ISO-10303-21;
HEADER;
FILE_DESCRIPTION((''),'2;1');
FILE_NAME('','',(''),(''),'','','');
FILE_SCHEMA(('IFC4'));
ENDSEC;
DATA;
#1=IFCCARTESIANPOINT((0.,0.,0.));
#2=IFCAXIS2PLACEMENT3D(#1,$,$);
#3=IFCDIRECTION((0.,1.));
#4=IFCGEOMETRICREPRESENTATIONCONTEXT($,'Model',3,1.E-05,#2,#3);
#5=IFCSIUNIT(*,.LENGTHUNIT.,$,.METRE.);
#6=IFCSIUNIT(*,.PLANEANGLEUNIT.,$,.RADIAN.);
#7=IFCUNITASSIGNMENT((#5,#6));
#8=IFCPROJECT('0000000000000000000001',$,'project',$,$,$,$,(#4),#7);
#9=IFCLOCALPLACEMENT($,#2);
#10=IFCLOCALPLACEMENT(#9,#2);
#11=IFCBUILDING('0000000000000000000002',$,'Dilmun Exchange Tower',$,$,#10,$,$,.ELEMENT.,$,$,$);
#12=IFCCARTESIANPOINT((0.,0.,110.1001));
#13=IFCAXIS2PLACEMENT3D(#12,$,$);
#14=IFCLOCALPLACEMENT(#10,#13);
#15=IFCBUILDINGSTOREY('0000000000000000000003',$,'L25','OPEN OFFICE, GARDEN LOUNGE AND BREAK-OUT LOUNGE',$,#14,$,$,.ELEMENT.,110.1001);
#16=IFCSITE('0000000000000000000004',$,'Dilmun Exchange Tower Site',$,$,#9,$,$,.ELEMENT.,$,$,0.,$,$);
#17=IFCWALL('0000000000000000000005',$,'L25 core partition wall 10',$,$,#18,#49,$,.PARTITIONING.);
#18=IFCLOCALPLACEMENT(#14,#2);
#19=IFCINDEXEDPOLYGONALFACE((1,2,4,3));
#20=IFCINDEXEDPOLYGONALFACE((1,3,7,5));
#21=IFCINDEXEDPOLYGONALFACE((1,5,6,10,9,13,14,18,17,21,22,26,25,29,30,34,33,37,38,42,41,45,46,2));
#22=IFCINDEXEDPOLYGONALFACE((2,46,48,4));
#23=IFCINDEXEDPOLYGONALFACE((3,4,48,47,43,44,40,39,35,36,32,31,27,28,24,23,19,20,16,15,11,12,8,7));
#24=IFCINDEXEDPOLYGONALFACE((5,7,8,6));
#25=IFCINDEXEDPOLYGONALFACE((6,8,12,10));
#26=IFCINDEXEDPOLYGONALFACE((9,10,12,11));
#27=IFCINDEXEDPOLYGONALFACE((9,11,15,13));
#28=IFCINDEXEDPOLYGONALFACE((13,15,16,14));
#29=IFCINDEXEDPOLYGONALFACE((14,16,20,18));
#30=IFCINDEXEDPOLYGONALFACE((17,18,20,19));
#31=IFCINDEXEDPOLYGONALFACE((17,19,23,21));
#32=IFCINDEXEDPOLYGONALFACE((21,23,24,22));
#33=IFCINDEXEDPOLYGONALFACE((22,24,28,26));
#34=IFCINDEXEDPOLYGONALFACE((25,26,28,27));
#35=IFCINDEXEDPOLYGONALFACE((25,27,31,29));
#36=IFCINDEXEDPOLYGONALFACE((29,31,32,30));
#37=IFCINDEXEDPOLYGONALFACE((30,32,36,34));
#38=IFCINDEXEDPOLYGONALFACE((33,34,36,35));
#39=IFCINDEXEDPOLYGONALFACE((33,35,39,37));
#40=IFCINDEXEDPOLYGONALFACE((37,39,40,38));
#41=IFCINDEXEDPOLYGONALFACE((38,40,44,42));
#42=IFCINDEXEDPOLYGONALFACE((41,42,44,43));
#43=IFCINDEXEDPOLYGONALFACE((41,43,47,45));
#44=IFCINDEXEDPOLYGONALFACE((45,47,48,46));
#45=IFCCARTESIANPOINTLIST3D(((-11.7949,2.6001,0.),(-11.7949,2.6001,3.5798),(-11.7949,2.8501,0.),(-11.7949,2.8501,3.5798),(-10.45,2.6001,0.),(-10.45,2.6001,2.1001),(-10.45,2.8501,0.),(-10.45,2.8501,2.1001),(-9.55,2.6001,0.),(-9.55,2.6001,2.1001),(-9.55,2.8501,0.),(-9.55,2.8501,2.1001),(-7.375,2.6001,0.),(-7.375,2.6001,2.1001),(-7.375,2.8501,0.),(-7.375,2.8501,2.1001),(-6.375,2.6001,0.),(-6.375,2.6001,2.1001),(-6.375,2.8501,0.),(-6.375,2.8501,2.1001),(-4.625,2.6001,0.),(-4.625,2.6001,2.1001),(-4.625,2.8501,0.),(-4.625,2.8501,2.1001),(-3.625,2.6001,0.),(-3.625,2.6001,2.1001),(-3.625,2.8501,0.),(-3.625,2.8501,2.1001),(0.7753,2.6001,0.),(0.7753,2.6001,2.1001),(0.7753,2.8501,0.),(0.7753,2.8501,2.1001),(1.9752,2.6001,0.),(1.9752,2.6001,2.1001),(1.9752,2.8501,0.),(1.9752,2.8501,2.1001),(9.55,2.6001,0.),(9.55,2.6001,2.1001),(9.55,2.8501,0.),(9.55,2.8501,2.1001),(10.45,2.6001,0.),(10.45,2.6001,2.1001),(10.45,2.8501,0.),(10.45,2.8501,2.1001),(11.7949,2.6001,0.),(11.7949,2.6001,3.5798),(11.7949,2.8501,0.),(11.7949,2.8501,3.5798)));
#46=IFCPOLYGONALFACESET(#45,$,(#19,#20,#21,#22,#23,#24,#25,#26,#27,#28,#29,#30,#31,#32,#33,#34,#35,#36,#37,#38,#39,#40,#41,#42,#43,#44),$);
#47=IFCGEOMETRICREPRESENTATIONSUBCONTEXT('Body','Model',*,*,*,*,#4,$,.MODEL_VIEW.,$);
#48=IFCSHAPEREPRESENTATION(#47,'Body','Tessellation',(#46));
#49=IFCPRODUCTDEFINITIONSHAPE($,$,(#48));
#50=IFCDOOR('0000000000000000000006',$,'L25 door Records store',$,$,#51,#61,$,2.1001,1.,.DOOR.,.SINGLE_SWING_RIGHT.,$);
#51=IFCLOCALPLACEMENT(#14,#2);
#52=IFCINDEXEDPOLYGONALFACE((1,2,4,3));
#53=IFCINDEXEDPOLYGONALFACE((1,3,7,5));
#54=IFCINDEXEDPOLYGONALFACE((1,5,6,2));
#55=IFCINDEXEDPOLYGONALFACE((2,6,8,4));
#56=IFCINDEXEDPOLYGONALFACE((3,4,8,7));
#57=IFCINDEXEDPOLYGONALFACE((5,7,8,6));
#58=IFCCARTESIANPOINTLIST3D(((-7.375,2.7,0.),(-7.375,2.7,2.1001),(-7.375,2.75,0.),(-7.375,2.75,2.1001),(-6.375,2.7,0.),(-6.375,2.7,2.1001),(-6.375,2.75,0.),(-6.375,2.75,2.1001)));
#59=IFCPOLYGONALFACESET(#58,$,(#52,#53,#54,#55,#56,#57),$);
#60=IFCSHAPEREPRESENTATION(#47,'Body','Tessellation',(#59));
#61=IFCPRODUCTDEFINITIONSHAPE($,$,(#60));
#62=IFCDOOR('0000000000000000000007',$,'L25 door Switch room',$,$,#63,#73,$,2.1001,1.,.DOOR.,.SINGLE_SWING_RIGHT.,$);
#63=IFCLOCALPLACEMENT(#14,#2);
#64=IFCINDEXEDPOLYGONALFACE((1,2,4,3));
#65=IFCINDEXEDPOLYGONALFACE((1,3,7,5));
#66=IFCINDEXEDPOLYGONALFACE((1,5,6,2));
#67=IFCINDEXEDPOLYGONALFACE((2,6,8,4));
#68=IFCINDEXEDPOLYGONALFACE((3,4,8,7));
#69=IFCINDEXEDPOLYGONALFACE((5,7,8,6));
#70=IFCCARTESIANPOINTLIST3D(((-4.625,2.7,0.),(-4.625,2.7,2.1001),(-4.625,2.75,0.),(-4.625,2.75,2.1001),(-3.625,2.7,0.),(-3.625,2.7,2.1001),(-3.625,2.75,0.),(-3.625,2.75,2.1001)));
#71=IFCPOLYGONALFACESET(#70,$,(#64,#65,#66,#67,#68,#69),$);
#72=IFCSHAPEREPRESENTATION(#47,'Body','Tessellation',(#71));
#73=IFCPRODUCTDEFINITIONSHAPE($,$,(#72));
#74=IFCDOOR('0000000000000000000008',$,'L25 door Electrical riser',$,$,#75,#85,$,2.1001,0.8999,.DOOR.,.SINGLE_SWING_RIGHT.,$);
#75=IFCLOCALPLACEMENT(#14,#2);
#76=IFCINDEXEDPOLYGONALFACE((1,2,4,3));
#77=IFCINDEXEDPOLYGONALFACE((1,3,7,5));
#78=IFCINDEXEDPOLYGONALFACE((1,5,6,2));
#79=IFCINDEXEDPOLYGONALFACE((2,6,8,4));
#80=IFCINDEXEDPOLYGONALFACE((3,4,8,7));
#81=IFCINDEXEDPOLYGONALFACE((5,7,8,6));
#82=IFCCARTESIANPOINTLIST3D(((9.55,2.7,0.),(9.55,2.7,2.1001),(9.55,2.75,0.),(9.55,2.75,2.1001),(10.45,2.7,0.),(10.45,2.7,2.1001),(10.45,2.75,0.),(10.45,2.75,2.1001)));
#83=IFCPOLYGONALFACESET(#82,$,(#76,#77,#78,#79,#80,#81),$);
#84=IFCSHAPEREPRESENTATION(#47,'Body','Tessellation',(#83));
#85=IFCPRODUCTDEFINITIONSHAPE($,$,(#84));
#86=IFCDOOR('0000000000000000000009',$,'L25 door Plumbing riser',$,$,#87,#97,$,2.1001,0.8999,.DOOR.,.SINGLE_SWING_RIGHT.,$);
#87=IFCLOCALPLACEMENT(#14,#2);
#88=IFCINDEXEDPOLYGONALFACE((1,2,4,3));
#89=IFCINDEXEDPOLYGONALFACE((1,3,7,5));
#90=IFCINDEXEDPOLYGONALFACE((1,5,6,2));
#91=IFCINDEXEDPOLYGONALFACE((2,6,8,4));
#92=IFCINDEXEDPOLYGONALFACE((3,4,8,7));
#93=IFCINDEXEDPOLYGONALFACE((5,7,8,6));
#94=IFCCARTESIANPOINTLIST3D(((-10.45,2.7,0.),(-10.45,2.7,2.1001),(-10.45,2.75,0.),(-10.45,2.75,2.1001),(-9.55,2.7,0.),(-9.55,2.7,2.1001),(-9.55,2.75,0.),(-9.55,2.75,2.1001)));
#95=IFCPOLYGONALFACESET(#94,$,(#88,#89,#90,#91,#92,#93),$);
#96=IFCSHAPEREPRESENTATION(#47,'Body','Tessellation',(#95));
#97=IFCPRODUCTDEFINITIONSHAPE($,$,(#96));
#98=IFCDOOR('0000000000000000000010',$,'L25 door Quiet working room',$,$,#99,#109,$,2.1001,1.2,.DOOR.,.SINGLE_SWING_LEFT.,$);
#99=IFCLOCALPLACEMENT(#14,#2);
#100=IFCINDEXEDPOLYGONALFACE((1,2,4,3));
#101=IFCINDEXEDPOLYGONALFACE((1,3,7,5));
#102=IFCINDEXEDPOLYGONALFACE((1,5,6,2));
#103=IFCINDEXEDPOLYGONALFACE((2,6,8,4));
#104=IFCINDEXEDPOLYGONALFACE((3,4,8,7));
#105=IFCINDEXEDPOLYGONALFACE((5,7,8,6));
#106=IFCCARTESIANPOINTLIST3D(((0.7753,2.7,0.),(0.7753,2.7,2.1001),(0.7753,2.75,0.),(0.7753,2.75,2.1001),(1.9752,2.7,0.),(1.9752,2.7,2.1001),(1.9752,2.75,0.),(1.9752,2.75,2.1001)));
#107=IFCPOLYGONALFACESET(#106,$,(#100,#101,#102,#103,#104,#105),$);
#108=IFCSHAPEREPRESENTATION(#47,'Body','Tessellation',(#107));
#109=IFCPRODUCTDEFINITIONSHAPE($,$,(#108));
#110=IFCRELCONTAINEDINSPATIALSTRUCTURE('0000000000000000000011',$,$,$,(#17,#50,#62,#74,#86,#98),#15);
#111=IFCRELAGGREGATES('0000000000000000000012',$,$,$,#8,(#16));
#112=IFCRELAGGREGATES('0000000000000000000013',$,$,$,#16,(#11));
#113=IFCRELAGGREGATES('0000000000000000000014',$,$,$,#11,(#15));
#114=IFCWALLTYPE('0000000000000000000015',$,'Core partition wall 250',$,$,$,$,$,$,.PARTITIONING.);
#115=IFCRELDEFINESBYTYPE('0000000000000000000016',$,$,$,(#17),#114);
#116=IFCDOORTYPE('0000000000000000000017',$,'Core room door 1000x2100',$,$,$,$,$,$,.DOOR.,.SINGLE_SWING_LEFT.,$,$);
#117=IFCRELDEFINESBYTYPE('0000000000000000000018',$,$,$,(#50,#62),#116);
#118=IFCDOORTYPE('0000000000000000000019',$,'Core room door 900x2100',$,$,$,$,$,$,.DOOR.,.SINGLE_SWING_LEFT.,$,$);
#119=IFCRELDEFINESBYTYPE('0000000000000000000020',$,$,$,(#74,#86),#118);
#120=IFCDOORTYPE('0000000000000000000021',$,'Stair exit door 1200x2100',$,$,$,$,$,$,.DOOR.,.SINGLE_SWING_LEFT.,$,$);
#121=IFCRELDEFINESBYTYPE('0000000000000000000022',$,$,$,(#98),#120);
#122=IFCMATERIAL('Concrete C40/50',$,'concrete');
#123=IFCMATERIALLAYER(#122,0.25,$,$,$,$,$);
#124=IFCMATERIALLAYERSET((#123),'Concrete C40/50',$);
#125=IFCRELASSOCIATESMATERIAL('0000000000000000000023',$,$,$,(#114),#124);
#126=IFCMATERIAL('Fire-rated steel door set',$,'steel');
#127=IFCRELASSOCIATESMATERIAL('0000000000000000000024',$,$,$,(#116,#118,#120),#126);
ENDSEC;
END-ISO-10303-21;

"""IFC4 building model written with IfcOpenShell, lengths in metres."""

from ifc_helpers import new_model, si_unit, direction, frame, frame_2d, origin, place, context, subcontext, project, spatial, rectangle, extrude, material, layer, layer_set, type_object, element, fill, save


model = new_model("IFC4")

# Units and contexts
model_context = context("Model", 3, precision=1e-05, world=origin(), true_north=direction((0.0, 1.0)))
body_context = subcontext(model_context, "Body", "Model", "MODEL_VIEW")
ifc_project = project(units=[si_unit("LENGTHUNIT", "METRE"), si_unit("PLANEANGLEUNIT", "RADIAN")], contexts=[model_context])

# Site, building, storey
site_placement = place(None, origin())
site = spatial("IfcSite", under=ifc_project, at=site_placement, Name="Dilmun Exchange Tower Site", CompositionType="ELEMENT", RefElevation=0.0)
building_placement = place(site_placement, origin())
building = spatial("IfcBuilding", under=site, at=building_placement, Name="Dilmun Exchange Tower", CompositionType="ELEMENT")
storey_placement = place(building_placement, frame((0.0, 0.0, 110.1001)))
storey = spatial("IfcBuildingStorey", under=building, at=storey_placement, Name="L25", Description="OPEN OFFICE, GARDEN LOUNGE AND BREAK-OUT LOUNGE", CompositionType="ELEMENT", Elevation=110.1001)

# Shared definitions
ifc_material_1 = material(Name="Concrete C40/50", Category="concrete")

# Wall, openings, doors
ifc_layer_1 = layer(ifc_material_1, 0.25)
ifc_layer_set_1 = layer_set([ifc_layer_1], Name="Concrete C40/50")
wall_type_1 = type_object("IfcWallType", Name="Core partition wall 250", PredefinedType="PARTITIONING", material=ifc_layer_set_1)
wall_1_placement = place(storey_placement, frame((-11.7949, 2.7251, 0.0), z_axis=(0.0, 0.0, 1.0), x_axis=(1.0, 0.0, 0.0)))
wall_1 = element("IfcWall", 1, at=wall_1_placement, inside=storey, type_object=wall_type_1, Name="L25 core partition wall 10", PredefinedType="PARTITIONING", context=body_context, shape_type="SweptSolid", body=[
    extrude(rectangle(XDim=23.5898, YDim=0.25, at=frame_2d((11.7949, 0.0))), origin(), (0.0, 0.0, 1.0), 3.5798),
])
opening_1_placement = place(wall_1_placement, frame((21.345, 0.0, 0.0)))
opening_1 = element("IfcOpeningElement", 2, at=opening_1_placement, cuts=wall_1, PredefinedType="OPENING", context=body_context, shape_type="SweptSolid", body=[
    extrude(rectangle(XDim=0.8999, YDim=2.1001, at=frame_2d((0.45, 1.05))), frame((0.0, 0.135, 0.0), z_axis=(0.0, -1.0, 0.0), x_axis=(1.0, 0.0, 0.0)), (0.0, 0.0, 1.0), 0.27),
])
opening_2_placement = place(wall_1_placement, frame((1.345, 0.0, 0.0)))
opening_2 = element("IfcOpeningElement", 3, at=opening_2_placement, cuts=wall_1, PredefinedType="OPENING", context=body_context, shape_type="SweptSolid", body=[
    extrude(rectangle(XDim=0.8999, YDim=2.1001, at=frame_2d((0.45, 1.05))), frame((0.0, 0.135, 0.0), z_axis=(0.0, -1.0, 0.0), x_axis=(1.0, 0.0, 0.0)), (0.0, 0.0, 1.0), 0.27),
])
opening_3_placement = place(wall_1_placement, frame((4.4199, 0.0, 0.0)))
opening_3 = element("IfcOpeningElement", 4, at=opening_3_placement, cuts=wall_1, PredefinedType="OPENING", context=body_context, shape_type="SweptSolid", body=[
    extrude(rectangle(XDim=1.0, YDim=2.1001, at=frame_2d((0.5, 1.05))), frame((0.0, 0.135, 0.0), z_axis=(0.0, -1.0, 0.0), x_axis=(1.0, 0.0, 0.0)), (0.0, 0.0, 1.0), 0.27),
])
opening_4_placement = place(wall_1_placement, frame((7.1699, 0.0, 0.0)))
opening_4 = element("IfcOpeningElement", 5, at=opening_4_placement, cuts=wall_1, PredefinedType="OPENING", context=body_context, shape_type="SweptSolid", body=[
    extrude(rectangle(XDim=1.0, YDim=2.1001, at=frame_2d((0.5, 1.05))), frame((0.0, 0.135, 0.0), z_axis=(0.0, -1.0, 0.0), x_axis=(1.0, 0.0, 0.0)), (0.0, 0.0, 1.0), 0.27),
])
opening_5_placement = place(wall_1_placement, frame((12.5701, 0.0, 0.0)))
opening_5 = element("IfcOpeningElement", 6, at=opening_5_placement, cuts=wall_1, PredefinedType="OPENING", context=body_context, shape_type="SweptSolid", body=[
    extrude(rectangle(XDim=1.2, YDim=2.1001, at=frame_2d((0.6001, 1.05))), frame((0.0, 0.135, 0.0), z_axis=(0.0, -1.0, 0.0), x_axis=(1.0, 0.0, 0.0)), (0.0, 0.0, 1.0), 0.27),
])
ifc_material_2 = material(Name="Fire-rated steel door set", Category="steel")
door_type_1 = type_object("IfcDoorType", Name="Core room door 1000x2100", OperationType="SINGLE_SWING_LEFT", PredefinedType="DOOR", material=ifc_material_2)
door_1_placement = place(opening_3_placement, origin())
door_1 = element("IfcDoor", 7, at=door_1_placement, inside=storey, type_object=door_type_1, Name="L25 door Records store", OperationType="SINGLE_SWING_RIGHT", OverallHeight=2.1001, OverallWidth=1.0, PredefinedType="DOOR", context=body_context, shape_type="SweptSolid", body=[
    extrude(rectangle(XDim=1.0, YDim=2.1001, at=frame_2d((0.5, 1.05))), frame((0.0, 0.0249, 0.0), z_axis=(0.0, -1.0, 0.0), x_axis=(1.0, 0.0, 0.0)), (0.0, 0.0, 1.0), 0.05),
])
fill(opening_3, door_1)
door_2_placement = place(opening_4_placement, origin())
door_2 = element("IfcDoor", 8, at=door_2_placement, inside=storey, type_object=door_type_1, Name="L25 door Switch room", OperationType="SINGLE_SWING_RIGHT", OverallHeight=2.1001, OverallWidth=1.0, PredefinedType="DOOR", context=body_context, shape_type="SweptSolid", body=[
    extrude(rectangle(XDim=1.0, YDim=2.1001, at=frame_2d((0.5, 1.05))), frame((0.0, 0.0249, 0.0), z_axis=(0.0, -1.0, 0.0), x_axis=(1.0, 0.0, 0.0)), (0.0, 0.0, 1.0), 0.05),
])
fill(opening_4, door_2)
door_type_2 = type_object("IfcDoorType", Name="Core room door 900x2100", OperationType="SINGLE_SWING_LEFT", PredefinedType="DOOR", material=ifc_material_2)
door_3_placement = place(opening_1_placement, origin())
door_3 = element("IfcDoor", 9, at=door_3_placement, inside=storey, type_object=door_type_2, Name="L25 door Electrical riser", OperationType="SINGLE_SWING_RIGHT", OverallHeight=2.1001, OverallWidth=0.8999, PredefinedType="DOOR", context=body_context, shape_type="SweptSolid", body=[
    extrude(rectangle(XDim=0.8999, YDim=2.1001, at=frame_2d((0.45, 1.05))), frame((0.0, 0.0249, 0.0), z_axis=(0.0, -1.0, 0.0), x_axis=(1.0, 0.0, 0.0)), (0.0, 0.0, 1.0), 0.05),
])
fill(opening_1, door_3)
door_4_placement = place(opening_2_placement, origin())
door_4 = element("IfcDoor", 10, at=door_4_placement, inside=storey, type_object=door_type_2, Name="L25 door Plumbing riser", OperationType="SINGLE_SWING_RIGHT", OverallHeight=2.1001, OverallWidth=0.8999, PredefinedType="DOOR", context=body_context, shape_type="SweptSolid", body=[
    extrude(rectangle(XDim=0.8999, YDim=2.1001, at=frame_2d((0.45, 1.05))), frame((0.0, 0.0249, 0.0), z_axis=(0.0, -1.0, 0.0), x_axis=(1.0, 0.0, 0.0)), (0.0, 0.0, 1.0), 0.05),
])
fill(opening_2, door_4)
door_type_3 = type_object("IfcDoorType", Name="Stair exit door 1200x2100", OperationType="SINGLE_SWING_LEFT", PredefinedType="DOOR", material=ifc_material_2)
door_5_placement = place(opening_5_placement, origin())
door_5 = element("IfcDoor", 11, at=door_5_placement, inside=storey, type_object=door_type_3, Name="L25 door Quiet working room", OperationType="SINGLE_SWING_LEFT", OverallHeight=2.1001, OverallWidth=1.2, PredefinedType="DOOR", context=body_context, shape_type="SweptSolid", body=[
    extrude(rectangle(XDim=1.2, YDim=2.1001, at=frame_2d((0.6001, 1.05))), frame((0.0, 0.0249, 0.0), z_axis=(0.0, -1.0, 0.0), x_axis=(1.0, 0.0, 0.0)), (0.0, 0.0, 1.0), 0.05),
])
fill(opening_5, door_5)

save(model, "model.ifc")
